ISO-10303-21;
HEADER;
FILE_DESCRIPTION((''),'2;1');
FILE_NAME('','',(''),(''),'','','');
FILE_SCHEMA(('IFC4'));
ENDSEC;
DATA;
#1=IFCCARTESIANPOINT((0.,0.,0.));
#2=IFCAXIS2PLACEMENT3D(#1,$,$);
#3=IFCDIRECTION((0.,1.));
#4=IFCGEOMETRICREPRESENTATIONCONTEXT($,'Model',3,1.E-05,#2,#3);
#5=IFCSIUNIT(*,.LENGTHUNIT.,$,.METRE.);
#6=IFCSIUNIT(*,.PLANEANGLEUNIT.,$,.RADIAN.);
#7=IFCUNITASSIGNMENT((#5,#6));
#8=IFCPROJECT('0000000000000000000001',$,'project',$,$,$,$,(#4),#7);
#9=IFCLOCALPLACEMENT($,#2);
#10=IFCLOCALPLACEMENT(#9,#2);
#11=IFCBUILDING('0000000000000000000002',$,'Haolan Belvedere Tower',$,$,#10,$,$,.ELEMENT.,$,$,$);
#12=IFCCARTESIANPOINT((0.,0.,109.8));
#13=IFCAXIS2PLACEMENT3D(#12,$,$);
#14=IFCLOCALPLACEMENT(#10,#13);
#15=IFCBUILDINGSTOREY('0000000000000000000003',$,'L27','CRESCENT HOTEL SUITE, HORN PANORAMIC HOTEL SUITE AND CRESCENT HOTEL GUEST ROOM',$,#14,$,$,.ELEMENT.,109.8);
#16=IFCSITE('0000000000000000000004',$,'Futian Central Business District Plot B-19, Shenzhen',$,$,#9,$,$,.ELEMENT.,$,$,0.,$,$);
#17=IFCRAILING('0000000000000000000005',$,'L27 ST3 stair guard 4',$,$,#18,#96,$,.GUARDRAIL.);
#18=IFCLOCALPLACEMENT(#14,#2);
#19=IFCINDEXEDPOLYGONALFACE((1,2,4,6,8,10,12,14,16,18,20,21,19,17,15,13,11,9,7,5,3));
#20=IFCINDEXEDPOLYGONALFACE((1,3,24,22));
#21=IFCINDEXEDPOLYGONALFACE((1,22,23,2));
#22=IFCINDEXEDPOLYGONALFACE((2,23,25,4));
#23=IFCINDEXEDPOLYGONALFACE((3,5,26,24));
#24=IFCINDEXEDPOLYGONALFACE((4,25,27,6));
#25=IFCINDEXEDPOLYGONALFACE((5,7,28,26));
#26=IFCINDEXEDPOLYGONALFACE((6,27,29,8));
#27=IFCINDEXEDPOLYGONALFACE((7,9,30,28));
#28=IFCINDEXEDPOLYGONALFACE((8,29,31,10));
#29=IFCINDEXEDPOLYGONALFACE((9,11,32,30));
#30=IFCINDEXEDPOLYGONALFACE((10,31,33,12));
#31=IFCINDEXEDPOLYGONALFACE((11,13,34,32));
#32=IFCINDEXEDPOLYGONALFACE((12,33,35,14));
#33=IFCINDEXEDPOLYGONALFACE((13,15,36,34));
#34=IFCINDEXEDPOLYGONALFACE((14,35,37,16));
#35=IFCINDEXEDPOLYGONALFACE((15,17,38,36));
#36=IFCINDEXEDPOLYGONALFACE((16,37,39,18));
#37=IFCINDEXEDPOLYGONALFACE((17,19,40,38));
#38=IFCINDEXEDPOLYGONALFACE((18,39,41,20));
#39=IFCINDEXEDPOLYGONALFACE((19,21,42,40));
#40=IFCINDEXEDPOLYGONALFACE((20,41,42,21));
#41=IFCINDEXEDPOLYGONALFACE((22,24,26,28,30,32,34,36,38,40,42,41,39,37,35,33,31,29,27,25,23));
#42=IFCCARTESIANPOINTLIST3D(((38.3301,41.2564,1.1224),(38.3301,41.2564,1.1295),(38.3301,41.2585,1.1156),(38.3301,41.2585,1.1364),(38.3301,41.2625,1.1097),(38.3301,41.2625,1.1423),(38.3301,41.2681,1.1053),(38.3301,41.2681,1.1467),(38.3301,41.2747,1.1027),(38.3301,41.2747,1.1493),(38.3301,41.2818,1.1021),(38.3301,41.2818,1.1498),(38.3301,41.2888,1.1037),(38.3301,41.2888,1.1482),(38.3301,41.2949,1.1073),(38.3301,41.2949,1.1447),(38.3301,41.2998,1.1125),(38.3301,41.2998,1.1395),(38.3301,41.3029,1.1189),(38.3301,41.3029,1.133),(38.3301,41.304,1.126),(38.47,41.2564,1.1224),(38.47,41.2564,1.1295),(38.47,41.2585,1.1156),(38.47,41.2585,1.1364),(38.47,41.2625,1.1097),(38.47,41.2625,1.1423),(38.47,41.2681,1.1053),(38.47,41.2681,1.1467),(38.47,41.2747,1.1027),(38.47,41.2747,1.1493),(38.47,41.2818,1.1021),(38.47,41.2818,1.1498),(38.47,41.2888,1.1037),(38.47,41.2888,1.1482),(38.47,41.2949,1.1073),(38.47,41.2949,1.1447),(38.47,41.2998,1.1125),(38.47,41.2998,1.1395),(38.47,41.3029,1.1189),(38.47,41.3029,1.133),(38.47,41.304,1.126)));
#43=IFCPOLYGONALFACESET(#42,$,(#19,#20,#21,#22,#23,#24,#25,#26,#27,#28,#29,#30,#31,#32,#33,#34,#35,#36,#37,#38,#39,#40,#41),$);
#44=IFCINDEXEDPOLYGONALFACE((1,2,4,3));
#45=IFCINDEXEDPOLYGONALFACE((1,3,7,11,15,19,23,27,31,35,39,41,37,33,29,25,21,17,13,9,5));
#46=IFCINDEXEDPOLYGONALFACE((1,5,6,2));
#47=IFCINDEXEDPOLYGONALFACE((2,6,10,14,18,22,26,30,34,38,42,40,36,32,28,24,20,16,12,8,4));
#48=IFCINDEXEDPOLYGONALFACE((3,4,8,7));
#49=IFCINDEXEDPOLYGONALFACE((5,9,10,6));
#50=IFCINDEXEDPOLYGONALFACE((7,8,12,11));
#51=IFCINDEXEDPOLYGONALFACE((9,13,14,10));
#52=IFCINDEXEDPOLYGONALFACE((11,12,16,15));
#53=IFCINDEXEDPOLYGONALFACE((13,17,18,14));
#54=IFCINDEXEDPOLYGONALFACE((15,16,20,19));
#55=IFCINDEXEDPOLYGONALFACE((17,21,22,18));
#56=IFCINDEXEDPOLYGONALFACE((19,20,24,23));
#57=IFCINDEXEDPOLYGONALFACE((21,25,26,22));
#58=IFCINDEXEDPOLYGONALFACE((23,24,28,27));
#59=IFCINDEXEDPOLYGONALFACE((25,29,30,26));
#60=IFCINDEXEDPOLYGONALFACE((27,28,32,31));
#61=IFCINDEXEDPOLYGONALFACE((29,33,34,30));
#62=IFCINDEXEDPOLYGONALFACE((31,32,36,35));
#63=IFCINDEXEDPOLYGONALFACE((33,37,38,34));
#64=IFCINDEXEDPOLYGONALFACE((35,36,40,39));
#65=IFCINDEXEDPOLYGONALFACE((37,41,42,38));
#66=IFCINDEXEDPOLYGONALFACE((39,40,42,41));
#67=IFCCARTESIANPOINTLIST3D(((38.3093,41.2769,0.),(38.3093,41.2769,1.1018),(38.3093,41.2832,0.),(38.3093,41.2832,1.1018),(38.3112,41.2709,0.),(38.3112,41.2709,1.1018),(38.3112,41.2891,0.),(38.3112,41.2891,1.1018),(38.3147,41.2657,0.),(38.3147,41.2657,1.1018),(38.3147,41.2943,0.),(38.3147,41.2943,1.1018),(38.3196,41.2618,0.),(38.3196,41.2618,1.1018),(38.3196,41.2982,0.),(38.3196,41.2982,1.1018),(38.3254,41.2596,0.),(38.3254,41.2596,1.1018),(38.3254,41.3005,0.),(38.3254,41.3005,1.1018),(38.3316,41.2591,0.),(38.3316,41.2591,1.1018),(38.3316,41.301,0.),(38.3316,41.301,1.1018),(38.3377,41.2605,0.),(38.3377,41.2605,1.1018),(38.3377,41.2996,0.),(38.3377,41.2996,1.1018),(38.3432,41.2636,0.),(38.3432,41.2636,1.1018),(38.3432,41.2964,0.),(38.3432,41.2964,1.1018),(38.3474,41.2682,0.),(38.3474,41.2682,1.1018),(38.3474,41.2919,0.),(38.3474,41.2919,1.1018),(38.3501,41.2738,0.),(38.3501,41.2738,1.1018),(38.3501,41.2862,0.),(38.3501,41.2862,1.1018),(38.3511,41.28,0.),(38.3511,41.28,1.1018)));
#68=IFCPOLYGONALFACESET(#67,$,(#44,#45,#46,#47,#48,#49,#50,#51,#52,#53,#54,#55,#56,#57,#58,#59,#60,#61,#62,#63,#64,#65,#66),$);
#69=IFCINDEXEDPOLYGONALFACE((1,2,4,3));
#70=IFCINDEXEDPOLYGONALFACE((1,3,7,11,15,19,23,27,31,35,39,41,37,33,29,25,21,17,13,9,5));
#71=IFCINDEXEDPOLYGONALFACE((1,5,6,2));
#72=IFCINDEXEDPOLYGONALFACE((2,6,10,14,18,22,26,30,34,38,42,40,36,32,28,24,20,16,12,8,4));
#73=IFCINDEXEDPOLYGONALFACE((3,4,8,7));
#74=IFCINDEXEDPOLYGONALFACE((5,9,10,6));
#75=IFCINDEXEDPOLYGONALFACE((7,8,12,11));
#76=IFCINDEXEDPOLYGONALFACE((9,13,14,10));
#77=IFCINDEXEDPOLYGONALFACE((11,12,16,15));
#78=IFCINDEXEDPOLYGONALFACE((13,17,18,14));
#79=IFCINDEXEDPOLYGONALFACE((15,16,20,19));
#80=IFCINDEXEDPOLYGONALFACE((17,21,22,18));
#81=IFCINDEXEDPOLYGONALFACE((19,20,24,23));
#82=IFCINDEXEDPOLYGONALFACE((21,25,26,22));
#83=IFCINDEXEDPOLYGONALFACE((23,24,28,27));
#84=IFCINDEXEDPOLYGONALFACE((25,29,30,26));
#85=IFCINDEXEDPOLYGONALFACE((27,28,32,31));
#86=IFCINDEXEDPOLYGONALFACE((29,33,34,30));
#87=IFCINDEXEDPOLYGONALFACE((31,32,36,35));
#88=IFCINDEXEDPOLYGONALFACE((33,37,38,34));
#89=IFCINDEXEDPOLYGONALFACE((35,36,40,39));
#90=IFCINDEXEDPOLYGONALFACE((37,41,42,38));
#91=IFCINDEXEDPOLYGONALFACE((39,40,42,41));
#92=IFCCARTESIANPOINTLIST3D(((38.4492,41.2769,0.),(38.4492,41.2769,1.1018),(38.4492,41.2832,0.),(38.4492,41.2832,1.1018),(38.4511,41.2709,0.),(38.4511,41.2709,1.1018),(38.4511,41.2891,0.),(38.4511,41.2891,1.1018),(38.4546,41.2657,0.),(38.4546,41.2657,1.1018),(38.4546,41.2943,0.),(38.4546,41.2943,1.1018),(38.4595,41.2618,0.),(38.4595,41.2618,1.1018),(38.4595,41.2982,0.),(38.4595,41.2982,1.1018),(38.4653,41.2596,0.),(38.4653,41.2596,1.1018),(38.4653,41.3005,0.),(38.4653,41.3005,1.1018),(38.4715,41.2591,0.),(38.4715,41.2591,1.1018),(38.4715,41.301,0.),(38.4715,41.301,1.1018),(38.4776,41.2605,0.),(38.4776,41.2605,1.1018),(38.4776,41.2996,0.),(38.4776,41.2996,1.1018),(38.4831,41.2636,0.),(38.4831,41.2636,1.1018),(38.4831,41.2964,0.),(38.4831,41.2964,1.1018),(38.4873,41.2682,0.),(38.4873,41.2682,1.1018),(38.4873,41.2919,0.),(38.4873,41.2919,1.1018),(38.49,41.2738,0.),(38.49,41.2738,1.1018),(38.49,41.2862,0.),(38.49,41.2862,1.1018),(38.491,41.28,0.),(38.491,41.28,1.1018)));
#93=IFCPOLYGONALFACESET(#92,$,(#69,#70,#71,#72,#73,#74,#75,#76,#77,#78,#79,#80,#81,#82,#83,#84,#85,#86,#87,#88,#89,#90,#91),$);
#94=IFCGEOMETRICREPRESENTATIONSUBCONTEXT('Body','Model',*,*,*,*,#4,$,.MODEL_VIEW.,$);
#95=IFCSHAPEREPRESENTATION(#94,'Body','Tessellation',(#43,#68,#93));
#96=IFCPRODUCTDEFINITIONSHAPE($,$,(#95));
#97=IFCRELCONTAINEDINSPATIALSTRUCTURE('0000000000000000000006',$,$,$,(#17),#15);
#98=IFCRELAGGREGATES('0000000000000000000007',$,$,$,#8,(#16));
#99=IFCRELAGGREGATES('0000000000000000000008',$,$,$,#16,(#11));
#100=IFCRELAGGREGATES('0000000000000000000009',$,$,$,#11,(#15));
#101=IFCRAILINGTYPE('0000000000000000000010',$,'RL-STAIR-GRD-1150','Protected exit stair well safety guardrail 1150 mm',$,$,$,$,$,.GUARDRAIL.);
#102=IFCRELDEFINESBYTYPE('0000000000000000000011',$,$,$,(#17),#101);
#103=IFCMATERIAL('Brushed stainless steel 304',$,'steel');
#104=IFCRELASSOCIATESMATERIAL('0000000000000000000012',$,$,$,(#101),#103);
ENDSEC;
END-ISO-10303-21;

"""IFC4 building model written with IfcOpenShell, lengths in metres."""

from ifc_helpers import new_model, si_unit, direction, frame, origin, origin_2d, place, context, subcontext, project, spatial, circle, extrude, material, type_object, element, save


model = new_model("IFC4")

# Units and contexts
model_context = context("Model", 3, precision=1e-05, world=origin(), true_north=direction((0.0, 1.0)))
body_context = subcontext(model_context, "Body", "Model", "MODEL_VIEW")
ifc_project = project(units=[si_unit("LENGTHUNIT", "METRE"), si_unit("PLANEANGLEUNIT", "RADIAN")], contexts=[model_context])

# Site, building, storey
site_placement = place(None, origin())
site = spatial("IfcSite", under=ifc_project, at=site_placement, Name="Futian Central Business District Plot B-19, Shenzhen", CompositionType="ELEMENT", RefElevation=0.0)
building_placement = place(site_placement, origin())
building = spatial("IfcBuilding", under=site, at=building_placement, Name="Haolan Belvedere Tower", CompositionType="ELEMENT")
storey_placement = place(building_placement, frame((0.0, 0.0, 109.8)))
storey = spatial("IfcBuildingStorey", under=building, at=storey_placement, Name="L27", Description="CRESCENT HOTEL SUITE, HORN PANORAMIC HOTEL SUITE AND CRESCENT HOTEL GUEST ROOM", CompositionType="ELEMENT", Elevation=109.8)

# Railing
ifc_material_1 = material(Name="Brushed stainless steel 304", Category="steel")
railing_type_1 = type_object("IfcRailingType", Name="RL-STAIR-GRD-1150", Description="Protected exit stair well safety guardrail 1150 mm", PredefinedType="GUARDRAIL", material=ifc_material_1)
railing_1_placement = place(storey_placement, frame((38.3301, 41.28, 0.0)))
element("IfcRailing", 1, at=railing_1_placement, inside=storey, type_object=railing_type_1, Name="L27 ST3 stair guard 4", PredefinedType="GUARDRAIL", context=body_context, shape_type="SweptSolid", body=[
    extrude(circle(Radius=0.0239, at=origin_2d()), frame((0.0, 0.0, 1.126), z_axis=(1.0, 0.0, 0.0), x_axis=(0.0, 1.0, 0.0)), (0.0, 0.0, 1.0), 0.1399),
    extrude(circle(Radius=0.021, at=origin_2d()), origin(), (0.0, 0.0, 1.0), 1.1018),
    extrude(circle(Radius=0.021, at=origin_2d()), frame((0.1399, 0.0, 0.0)), (0.0, 0.0, 1.0), 1.1018),
])

save(model, "model.ifc")
